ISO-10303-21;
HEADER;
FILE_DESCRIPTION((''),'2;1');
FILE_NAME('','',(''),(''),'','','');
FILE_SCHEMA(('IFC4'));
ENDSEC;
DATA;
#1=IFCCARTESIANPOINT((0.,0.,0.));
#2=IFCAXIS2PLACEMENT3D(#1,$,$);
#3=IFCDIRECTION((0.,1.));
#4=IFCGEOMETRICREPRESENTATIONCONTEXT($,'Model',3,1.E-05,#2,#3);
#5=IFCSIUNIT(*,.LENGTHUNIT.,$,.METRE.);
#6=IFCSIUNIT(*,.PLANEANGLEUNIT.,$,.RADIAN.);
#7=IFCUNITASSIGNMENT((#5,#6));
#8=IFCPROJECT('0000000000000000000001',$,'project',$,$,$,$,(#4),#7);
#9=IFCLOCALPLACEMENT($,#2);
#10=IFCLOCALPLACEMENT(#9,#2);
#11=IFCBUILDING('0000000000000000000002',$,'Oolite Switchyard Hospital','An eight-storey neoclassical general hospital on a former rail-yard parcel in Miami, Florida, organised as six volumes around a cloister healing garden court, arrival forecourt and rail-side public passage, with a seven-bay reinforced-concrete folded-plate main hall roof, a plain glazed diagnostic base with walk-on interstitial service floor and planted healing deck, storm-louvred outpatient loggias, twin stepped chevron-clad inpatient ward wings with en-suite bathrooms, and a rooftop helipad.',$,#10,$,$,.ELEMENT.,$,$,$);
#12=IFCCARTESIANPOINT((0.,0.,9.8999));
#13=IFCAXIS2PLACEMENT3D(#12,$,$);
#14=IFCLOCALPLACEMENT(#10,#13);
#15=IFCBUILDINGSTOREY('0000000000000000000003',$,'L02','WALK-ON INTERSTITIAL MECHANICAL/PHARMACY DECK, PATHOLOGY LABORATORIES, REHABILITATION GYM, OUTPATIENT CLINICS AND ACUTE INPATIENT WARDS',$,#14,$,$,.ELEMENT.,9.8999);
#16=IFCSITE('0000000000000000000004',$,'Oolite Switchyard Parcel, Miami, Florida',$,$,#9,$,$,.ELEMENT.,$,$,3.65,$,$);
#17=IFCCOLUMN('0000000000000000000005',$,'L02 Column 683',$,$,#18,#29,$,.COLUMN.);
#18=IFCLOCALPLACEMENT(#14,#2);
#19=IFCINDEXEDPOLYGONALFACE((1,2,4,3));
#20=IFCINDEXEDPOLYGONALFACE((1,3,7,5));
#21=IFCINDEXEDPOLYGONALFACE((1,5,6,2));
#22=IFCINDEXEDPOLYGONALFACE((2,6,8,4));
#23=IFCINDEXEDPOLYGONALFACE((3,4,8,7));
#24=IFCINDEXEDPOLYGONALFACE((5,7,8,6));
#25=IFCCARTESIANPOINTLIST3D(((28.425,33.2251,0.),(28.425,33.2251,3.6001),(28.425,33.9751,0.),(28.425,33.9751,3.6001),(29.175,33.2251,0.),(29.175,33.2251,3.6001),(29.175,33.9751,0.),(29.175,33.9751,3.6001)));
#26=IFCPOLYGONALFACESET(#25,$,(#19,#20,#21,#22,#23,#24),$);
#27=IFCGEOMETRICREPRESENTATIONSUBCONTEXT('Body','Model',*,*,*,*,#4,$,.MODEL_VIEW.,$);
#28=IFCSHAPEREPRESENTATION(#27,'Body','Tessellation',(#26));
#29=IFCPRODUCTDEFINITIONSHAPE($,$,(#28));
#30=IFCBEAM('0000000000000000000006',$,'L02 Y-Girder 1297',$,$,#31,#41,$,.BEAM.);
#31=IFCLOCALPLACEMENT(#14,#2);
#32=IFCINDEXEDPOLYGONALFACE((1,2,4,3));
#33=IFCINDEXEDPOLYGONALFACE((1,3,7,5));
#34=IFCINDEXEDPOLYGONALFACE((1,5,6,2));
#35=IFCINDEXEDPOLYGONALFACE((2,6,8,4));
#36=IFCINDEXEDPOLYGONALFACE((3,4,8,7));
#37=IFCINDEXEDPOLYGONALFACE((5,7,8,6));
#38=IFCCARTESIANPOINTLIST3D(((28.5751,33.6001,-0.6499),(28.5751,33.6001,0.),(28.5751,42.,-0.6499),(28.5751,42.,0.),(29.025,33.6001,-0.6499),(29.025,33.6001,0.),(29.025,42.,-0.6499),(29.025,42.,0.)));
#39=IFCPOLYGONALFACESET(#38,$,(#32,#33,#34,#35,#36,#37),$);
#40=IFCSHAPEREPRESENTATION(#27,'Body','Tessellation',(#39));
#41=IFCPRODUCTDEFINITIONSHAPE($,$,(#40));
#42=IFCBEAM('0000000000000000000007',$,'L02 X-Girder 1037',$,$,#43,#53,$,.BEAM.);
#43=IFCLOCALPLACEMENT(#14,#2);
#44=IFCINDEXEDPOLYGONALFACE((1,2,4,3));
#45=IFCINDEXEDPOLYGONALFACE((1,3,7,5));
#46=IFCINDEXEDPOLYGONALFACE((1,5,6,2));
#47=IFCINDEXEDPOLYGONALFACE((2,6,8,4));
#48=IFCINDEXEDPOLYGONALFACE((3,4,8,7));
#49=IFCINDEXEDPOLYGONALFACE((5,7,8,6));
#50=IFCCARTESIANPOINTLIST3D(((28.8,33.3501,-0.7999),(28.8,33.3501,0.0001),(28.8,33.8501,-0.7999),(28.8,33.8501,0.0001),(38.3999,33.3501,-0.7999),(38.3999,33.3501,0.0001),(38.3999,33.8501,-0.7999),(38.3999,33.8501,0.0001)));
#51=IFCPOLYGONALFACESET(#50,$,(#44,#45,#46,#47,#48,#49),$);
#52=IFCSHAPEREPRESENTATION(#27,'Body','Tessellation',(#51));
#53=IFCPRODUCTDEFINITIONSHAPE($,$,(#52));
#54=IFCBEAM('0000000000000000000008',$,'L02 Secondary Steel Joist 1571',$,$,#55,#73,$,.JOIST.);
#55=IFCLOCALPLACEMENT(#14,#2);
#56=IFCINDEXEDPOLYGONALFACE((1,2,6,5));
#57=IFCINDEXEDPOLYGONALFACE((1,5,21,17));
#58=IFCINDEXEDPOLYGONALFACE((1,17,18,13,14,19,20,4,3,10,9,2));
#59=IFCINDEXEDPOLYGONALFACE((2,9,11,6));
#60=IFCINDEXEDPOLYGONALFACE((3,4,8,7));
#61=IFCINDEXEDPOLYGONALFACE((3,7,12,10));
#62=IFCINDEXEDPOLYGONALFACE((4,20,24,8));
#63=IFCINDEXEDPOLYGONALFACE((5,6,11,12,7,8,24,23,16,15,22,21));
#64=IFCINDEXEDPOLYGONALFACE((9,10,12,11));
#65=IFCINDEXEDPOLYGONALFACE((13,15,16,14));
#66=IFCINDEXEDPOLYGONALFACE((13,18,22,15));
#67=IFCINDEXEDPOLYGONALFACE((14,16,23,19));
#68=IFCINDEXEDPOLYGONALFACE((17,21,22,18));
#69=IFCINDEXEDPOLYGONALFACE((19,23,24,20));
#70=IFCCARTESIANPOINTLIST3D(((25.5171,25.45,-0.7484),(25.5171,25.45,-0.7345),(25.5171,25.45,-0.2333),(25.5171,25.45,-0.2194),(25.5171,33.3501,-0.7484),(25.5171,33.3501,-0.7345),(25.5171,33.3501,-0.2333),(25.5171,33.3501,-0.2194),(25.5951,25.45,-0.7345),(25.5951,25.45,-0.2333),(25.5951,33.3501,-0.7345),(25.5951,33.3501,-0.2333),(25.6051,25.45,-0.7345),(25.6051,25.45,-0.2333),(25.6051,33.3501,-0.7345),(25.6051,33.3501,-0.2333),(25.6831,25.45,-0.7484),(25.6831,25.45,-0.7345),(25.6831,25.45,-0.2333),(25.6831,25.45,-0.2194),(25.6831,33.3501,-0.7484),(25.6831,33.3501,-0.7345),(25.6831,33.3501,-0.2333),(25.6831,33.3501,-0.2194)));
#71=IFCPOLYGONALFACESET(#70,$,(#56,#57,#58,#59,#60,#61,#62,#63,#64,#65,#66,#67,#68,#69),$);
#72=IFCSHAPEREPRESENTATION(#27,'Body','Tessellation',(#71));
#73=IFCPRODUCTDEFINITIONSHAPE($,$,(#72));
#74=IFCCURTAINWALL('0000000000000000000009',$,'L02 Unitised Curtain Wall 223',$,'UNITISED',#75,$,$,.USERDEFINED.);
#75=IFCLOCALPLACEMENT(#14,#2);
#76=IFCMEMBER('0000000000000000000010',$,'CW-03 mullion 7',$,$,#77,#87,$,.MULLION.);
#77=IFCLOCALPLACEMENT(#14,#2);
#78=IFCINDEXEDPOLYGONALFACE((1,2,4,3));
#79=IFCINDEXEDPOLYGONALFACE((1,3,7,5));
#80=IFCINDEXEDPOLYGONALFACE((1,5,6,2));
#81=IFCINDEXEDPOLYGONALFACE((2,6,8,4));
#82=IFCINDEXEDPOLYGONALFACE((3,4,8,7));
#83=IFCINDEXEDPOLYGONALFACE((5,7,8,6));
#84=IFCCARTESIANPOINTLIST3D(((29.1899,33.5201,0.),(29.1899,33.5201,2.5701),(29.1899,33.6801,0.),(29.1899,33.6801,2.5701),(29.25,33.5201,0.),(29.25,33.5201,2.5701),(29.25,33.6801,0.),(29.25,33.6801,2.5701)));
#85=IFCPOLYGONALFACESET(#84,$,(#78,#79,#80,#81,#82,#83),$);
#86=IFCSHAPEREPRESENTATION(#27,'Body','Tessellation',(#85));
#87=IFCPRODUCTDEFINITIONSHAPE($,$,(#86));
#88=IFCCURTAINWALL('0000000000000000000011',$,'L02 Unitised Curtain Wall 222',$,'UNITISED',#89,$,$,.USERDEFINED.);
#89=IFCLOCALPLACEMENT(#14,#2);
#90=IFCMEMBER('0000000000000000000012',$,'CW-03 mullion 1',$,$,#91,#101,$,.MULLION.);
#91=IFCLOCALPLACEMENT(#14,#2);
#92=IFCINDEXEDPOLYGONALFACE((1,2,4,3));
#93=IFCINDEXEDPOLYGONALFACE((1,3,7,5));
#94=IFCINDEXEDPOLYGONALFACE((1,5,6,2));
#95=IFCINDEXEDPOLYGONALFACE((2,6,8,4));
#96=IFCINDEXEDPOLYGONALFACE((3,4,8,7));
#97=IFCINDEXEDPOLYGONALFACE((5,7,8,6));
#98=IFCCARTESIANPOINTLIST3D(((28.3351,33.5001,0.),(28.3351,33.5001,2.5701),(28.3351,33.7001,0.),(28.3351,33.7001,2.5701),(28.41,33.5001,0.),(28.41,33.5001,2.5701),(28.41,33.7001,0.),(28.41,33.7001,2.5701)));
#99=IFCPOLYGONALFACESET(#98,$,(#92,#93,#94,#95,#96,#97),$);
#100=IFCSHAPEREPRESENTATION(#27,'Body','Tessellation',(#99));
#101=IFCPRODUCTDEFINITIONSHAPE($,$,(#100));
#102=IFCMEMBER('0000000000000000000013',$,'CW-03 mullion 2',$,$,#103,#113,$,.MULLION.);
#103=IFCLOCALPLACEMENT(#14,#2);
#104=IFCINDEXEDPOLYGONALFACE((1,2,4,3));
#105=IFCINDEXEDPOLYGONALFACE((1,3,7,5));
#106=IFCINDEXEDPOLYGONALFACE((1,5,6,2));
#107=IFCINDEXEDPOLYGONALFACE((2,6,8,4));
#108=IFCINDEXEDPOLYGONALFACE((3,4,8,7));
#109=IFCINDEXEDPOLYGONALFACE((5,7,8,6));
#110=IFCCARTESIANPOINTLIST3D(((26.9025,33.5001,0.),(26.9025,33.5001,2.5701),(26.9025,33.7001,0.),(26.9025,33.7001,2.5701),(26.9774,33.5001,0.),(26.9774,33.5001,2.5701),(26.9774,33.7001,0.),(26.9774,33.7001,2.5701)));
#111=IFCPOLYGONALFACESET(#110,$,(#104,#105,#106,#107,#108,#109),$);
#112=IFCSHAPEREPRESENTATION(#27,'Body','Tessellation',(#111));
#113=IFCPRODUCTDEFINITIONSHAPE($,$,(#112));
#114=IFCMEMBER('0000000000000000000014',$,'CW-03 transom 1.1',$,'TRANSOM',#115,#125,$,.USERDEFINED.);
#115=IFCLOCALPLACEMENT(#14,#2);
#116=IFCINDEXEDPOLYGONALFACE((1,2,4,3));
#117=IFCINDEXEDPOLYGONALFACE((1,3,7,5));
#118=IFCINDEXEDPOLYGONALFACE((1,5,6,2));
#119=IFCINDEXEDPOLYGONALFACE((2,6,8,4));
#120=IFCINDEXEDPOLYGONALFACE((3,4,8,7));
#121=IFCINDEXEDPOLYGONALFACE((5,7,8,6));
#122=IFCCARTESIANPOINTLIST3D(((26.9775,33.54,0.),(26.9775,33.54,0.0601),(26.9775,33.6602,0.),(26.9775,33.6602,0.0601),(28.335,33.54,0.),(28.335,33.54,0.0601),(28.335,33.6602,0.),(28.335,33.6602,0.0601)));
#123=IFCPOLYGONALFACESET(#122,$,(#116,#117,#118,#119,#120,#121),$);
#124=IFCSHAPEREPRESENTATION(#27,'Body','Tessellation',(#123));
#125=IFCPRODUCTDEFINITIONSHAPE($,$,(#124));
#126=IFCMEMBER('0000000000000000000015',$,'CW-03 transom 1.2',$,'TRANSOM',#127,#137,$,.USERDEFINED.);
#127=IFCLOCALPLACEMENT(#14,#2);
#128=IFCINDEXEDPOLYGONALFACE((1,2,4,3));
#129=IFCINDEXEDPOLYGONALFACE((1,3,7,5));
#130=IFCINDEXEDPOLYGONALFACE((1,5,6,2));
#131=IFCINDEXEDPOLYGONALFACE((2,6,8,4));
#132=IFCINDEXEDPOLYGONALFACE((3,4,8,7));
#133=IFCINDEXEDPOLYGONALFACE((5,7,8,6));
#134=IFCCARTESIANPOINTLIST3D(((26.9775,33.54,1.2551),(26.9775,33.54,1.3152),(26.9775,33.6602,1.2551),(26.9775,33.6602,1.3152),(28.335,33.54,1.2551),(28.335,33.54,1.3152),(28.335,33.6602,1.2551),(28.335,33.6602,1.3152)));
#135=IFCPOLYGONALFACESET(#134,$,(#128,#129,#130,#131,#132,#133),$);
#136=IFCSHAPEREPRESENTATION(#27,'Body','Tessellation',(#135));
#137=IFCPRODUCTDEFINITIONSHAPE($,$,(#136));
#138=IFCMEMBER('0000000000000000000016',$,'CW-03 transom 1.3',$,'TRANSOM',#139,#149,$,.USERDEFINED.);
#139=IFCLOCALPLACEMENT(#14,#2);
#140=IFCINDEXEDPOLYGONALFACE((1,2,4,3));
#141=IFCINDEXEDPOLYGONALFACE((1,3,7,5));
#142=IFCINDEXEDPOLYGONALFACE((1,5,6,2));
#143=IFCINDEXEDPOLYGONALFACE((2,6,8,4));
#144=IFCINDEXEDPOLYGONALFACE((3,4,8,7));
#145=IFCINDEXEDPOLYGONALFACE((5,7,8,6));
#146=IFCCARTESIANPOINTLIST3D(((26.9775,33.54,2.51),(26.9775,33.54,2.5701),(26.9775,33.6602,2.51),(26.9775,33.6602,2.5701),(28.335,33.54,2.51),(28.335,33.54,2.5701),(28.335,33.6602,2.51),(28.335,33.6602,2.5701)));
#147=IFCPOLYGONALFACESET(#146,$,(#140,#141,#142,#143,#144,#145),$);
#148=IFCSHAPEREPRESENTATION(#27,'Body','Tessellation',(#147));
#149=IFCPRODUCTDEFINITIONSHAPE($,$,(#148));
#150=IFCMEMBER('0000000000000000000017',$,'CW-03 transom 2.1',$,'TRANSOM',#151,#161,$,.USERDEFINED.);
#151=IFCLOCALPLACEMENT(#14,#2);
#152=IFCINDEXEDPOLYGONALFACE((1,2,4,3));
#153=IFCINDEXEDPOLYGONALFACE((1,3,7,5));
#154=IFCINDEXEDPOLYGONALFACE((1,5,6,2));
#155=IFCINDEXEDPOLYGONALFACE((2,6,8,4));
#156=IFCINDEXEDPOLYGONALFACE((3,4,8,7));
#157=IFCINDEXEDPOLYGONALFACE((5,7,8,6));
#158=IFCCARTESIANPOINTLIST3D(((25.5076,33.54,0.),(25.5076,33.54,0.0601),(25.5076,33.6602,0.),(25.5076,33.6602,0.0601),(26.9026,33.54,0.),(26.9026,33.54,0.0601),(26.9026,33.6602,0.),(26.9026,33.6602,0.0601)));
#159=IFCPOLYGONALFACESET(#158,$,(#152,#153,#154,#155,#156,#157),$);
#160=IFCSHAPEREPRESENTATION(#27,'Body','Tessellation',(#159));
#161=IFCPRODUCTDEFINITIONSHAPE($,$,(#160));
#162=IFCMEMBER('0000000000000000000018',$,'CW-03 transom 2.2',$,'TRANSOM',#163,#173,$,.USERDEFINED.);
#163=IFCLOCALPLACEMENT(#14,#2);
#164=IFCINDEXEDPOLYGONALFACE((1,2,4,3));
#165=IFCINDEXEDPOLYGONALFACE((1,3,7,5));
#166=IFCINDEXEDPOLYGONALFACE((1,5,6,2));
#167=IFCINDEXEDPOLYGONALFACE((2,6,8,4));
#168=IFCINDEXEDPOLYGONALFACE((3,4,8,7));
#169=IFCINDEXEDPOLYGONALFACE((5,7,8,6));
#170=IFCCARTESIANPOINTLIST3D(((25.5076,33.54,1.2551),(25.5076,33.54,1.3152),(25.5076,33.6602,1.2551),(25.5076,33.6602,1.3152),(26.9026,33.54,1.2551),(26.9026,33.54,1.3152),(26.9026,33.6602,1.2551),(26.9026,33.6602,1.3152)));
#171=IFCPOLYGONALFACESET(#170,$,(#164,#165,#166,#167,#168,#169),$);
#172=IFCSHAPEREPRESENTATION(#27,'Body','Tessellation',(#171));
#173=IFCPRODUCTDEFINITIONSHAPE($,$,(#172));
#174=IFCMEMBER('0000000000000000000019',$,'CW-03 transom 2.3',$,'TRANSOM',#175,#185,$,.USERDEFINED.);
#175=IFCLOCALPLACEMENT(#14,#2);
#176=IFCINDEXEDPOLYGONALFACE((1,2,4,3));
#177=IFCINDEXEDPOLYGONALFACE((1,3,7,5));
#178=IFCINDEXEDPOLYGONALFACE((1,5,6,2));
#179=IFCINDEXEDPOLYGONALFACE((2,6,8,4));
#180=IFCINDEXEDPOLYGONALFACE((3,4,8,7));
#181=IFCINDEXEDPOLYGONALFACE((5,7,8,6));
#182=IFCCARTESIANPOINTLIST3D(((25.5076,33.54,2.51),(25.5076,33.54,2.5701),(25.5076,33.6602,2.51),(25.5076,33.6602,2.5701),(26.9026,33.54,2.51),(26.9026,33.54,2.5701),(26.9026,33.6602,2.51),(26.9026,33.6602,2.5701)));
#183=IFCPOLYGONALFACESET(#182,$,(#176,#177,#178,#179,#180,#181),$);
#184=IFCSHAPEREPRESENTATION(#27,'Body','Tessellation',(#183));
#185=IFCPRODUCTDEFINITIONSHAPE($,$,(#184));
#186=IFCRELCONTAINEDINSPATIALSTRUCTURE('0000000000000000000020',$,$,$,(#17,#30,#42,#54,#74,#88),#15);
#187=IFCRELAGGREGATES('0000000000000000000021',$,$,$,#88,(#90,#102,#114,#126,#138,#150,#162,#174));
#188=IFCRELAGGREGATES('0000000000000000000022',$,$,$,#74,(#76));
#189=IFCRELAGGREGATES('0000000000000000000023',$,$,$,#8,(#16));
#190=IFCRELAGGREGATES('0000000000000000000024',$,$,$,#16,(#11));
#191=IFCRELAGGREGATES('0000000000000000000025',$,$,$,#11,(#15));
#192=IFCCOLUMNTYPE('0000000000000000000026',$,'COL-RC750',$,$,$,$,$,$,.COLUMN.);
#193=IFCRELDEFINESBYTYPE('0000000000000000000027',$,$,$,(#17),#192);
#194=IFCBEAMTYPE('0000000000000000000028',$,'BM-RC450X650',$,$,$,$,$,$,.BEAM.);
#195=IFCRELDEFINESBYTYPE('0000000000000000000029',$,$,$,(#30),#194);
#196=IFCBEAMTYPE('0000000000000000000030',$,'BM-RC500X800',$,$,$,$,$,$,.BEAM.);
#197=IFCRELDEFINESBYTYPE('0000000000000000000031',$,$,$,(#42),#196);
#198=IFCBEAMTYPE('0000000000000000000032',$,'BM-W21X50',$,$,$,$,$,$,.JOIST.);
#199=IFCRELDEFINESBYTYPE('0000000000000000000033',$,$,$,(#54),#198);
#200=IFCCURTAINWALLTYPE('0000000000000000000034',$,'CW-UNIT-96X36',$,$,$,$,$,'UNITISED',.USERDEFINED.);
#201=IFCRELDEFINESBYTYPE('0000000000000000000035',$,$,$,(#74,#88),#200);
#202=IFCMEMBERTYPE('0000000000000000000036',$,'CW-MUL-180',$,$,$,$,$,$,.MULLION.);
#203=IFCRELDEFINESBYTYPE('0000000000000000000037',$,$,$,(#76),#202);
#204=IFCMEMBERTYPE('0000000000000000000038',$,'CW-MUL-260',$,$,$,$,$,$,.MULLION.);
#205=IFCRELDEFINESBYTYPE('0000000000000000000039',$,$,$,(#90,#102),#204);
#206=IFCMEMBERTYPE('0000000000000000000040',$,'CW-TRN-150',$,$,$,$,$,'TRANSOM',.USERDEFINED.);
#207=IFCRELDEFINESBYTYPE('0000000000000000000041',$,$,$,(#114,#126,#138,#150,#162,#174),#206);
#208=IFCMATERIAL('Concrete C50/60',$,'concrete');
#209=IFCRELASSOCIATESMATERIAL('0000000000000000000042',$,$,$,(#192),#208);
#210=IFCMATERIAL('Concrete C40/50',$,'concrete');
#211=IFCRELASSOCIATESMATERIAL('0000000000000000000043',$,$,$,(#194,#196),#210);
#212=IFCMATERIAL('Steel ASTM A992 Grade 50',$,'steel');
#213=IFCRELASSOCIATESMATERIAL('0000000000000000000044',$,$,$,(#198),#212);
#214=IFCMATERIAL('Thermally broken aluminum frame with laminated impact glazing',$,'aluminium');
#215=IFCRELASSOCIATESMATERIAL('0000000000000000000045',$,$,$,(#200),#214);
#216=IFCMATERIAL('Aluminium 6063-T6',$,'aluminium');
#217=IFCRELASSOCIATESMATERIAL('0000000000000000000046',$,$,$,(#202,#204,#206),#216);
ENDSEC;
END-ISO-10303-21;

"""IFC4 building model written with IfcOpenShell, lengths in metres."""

from ifc_helpers import new_model, si_unit, direction, frame, origin, origin_2d, place, context, subcontext, project, spatial, rectangle, i_section, extrude, material, material_profile, profile_set, type_object, element, aggregate, save


model = new_model("IFC4")

# Units and contexts
model_context = context("Model", 3, precision=1e-05, world=origin(), true_north=direction((0.0, 1.0)))
body_context = subcontext(model_context, "Body", "Model", "MODEL_VIEW")
ifc_project = project(units=[si_unit("LENGTHUNIT", "METRE"), si_unit("PLANEANGLEUNIT", "RADIAN")], contexts=[model_context])

# Site, building, storey
site_placement = place(None, origin())
site = spatial("IfcSite", under=ifc_project, at=site_placement, Name="Oolite Switchyard Parcel, Miami, Florida", CompositionType="ELEMENT", RefElevation=3.65)
building_placement = place(site_placement, origin())
building = spatial("IfcBuilding", under=site, at=building_placement, Name="Oolite Switchyard Hospital", Description="An eight-storey neoclassical general hospital on a former rail-yard parcel in Miami, Florida, organised as six volumes around a cloister healing garden court, arrival forecourt and rail-side public passage, with a seven-bay reinforced-concrete folded-plate main hall roof, a plain glazed diagnostic base with walk-on interstitial service floor and planted healing deck, storm-louvred outpatient loggias, twin stepped chevron-clad inpatient ward wings with en-suite bathrooms, and a rooftop helipad.", CompositionType="ELEMENT")
storey_placement = place(building_placement, frame((0.0, 0.0, 9.8999)))
storey = spatial("IfcBuildingStorey", under=building, at=storey_placement, Name="L02", Description="WALK-ON INTERSTITIAL MECHANICAL/PHARMACY DECK, PATHOLOGY LABORATORIES, REHABILITATION GYM, OUTPATIENT CLINICS AND ACUTE INPATIENT WARDS", CompositionType="ELEMENT", Elevation=9.8999)

# Column
ifc_material_1 = material(Name="Concrete C50/60", Category="concrete")
ifc_material_profile_1 = material_profile(ifc_material_1, rectangle(XDim=0.75, YDim=0.75, at=origin_2d()), Name="RC750X750")
ifc_profile_set_1 = profile_set([ifc_material_profile_1], Name="Concrete C50/60")
column_type = type_object("IfcColumnType", Name="COL-RC750", PredefinedType="COLUMN", material=ifc_profile_set_1)
column_placement = place(storey_placement, frame((28.8, 33.6001, 0.0), z_axis=(0.0, 0.0, 1.0), x_axis=(1.0, 0.0, 0.0)))
element("IfcColumn", 1, at=column_placement, inside=storey, type_object=column_type, Name="L02 Column 683", PredefinedType="COLUMN", context=body_context, shape_type="SweptSolid", body=[
    extrude(rectangle(XDim=0.75, YDim=0.75, at=origin_2d()), origin(), (0.0, 0.0, 1.0), 3.6001),
])

# Beams
ifc_material_2 = material(Name="Concrete C40/50", Category="concrete")
ifc_material_profile_2 = material_profile(ifc_material_2, rectangle(XDim=0.45, YDim=0.6499, at=origin_2d()), Name="RCB450X650")
ifc_profile_set_2 = profile_set([ifc_material_profile_2], Name="Concrete C40/50")
beam_type_1 = type_object("IfcBeamType", Name="BM-RC450X650", PredefinedType="BEAM", material=ifc_profile_set_2)
beam_1_placement = place(storey_placement, frame((28.8, 33.6001, -0.325), z_axis=(0.0, 1.0, 0.0), x_axis=(-1.0, 0.0, 0.0)))
element("IfcBeam", 2, at=beam_1_placement, inside=storey, type_object=beam_type_1, Name="L02 Y-Girder 1297", PredefinedType="BEAM", context=body_context, shape_type="SweptSolid", body=[
    extrude(rectangle(XDim=0.45, YDim=0.6499, at=origin_2d()), origin(), (0.0, 0.0, 1.0), 8.3999),
])
ifc_material_profile_3 = material_profile(ifc_material_2, rectangle(XDim=0.5, YDim=0.8, at=origin_2d()), Name="RCB500X800")
ifc_profile_set_3 = profile_set([ifc_material_profile_3], Name="Concrete C40/50")
beam_type_2 = type_object("IfcBeamType", Name="BM-RC500X800", PredefinedType="BEAM", material=ifc_profile_set_3)
beam_2_placement = place(storey_placement, frame((28.8, 33.6001, -0.3999), z_axis=(1.0, 0.0, 0.0), x_axis=(0.0, 1.0, 0.0)))
element("IfcBeam", 3, at=beam_2_placement, inside=storey, type_object=beam_type_2, Name="L02 X-Girder 1037", PredefinedType="BEAM", context=body_context, shape_type="SweptSolid", body=[
    extrude(rectangle(XDim=0.5, YDim=0.8, at=origin_2d()), origin(), (0.0, 0.0, 1.0), 9.5999),
])
ifc_material_3 = material(Name="Steel ASTM A992 Grade 50", Category="steel")
ifc_material_profile_4 = material_profile(ifc_material_3, i_section(OverallWidth=0.166, OverallDepth=0.5291, WebThickness=0.01, FlangeThickness=0.0139, at=origin_2d()), Name="W21X50")
ifc_profile_set_4 = profile_set([ifc_material_profile_4], Name="Steel ASTM A992 Grade 50")
beam_type_3 = type_object("IfcBeamType", Name="BM-W21X50", PredefinedType="JOIST", material=ifc_profile_set_4)
beam_3_placement = place(storey_placement, frame((25.6001, 25.45, -0.4839), z_axis=(0.0, 1.0, 0.0), x_axis=(-1.0, 0.0, 0.0)))
element("IfcBeam", 4, at=beam_3_placement, inside=storey, type_object=beam_type_3, Name="L02 Secondary Steel Joist 1571", PredefinedType="JOIST", context=body_context, shape_type="SweptSolid", body=[
    extrude(i_section(OverallWidth=0.166, OverallDepth=0.5291, WebThickness=0.01, FlangeThickness=0.0139, at=origin_2d()), origin(), (0.0, 0.0, 1.0), 7.9001),
])

# Curtain wall, member
ifc_material_4 = material(Name="Thermally broken aluminum frame with laminated impact glazing", Category="aluminium")
curtain_wall_type = type_object("IfcCurtainWallType", Name="CW-UNIT-96X36", ElementType="UNITISED", PredefinedType="USERDEFINED", material=ifc_material_4)
curtain_wall_1_placement = place(storey_placement, origin())
curtain_wall_1 = element("IfcCurtainWall", 5, at=curtain_wall_1_placement, inside=storey, type_object=curtain_wall_type, Name="L02 Unitised Curtain Wall 223", ObjectType="UNITISED", PredefinedType="USERDEFINED")
ifc_material_5 = material(Name="Aluminium 6063-T6", Category="aluminium")
ifc_material_profile_5 = material_profile(ifc_material_5, rectangle(XDim=0.1599, YDim=0.0601, at=origin_2d()), Name="CWM60X160")
ifc_profile_set_5 = profile_set([ifc_material_profile_5], Name="Aluminium 6063-T6")
member_type_1 = type_object("IfcMemberType", Name="CW-MUL-180", PredefinedType="MULLION", material=ifc_profile_set_5)
member_1_placement = place(storey_placement, frame((29.22, 33.6001, 0.0), z_axis=(0.0, 0.0, 1.0), x_axis=(0.0, -1.0, 0.0)))
member_1 = element("IfcMember", 6, at=member_1_placement, type_object=member_type_1, Name="CW-03 mullion 7", PredefinedType="MULLION", context=body_context, shape_type="SweptSolid", body=[
    extrude(rectangle(XDim=0.1599, YDim=0.0601, at=origin_2d()), origin(), (0.0, 0.0, 1.0), 2.5701),
])

# Curtain wall, members
curtain_wall_2_placement = place(storey_placement, origin())
curtain_wall_2 = element("IfcCurtainWall", 7, at=curtain_wall_2_placement, inside=storey, type_object=curtain_wall_type, Name="L02 Unitised Curtain Wall 222", ObjectType="UNITISED", PredefinedType="USERDEFINED")
ifc_material_profile_6 = material_profile(ifc_material_5, rectangle(XDim=0.2, YDim=0.075, at=origin_2d()), Name="CWM75X200")
ifc_profile_set_6 = profile_set([ifc_material_profile_6], Name="Aluminium 6063-T6")
member_type_2 = type_object("IfcMemberType", Name="CW-MUL-260", PredefinedType="MULLION", material=ifc_profile_set_6)
member_2_placement = place(storey_placement, frame((28.3726, 33.6001, 0.0), z_axis=(0.0, 0.0, 1.0), x_axis=(0.0, -1.0, 0.0)))
member_2 = element("IfcMember", 8, at=member_2_placement, type_object=member_type_2, Name="CW-03 mullion 1", PredefinedType="MULLION", context=body_context, shape_type="SweptSolid", body=[
    extrude(rectangle(XDim=0.2, YDim=0.075, at=origin_2d()), origin(), (0.0, 0.0, 1.0), 2.5701),
])
member_3_placement = place(storey_placement, frame((26.9399, 33.6001, 0.0), z_axis=(0.0, 0.0, 1.0), x_axis=(0.0, -1.0, 0.0)))
member_3 = element("IfcMember", 9, at=member_3_placement, type_object=member_type_2, Name="CW-03 mullion 2", PredefinedType="MULLION", context=body_context, shape_type="SweptSolid", body=[
    extrude(rectangle(XDim=0.2, YDim=0.075, at=origin_2d()), origin(), (0.0, 0.0, 1.0), 2.5701),
])
ifc_material_profile_7 = material_profile(ifc_material_5, rectangle(XDim=0.1201, YDim=0.0601, at=origin_2d()), Name="CWT60X120")
ifc_profile_set_7 = profile_set([ifc_material_profile_7], Name="Aluminium 6063-T6")
member_type_3 = type_object("IfcMemberType", Name="CW-TRN-150", ElementType="TRANSOM", PredefinedType="USERDEFINED", material=ifc_profile_set_7)
member_4_placement = place(storey_placement, frame((28.335, 33.6001, 0.03), z_axis=(-1.0, 0.0, 0.0), x_axis=(0.0, -1.0, 0.0)))
member_4 = element("IfcMember", 10, at=member_4_placement, type_object=member_type_3, Name="CW-03 transom 1.1", ObjectType="TRANSOM", PredefinedType="USERDEFINED", context=body_context, shape_type="SweptSolid", body=[
    extrude(rectangle(XDim=0.1201, YDim=0.0601, at=origin_2d()), origin(), (0.0, 0.0, 1.0), 1.3574),
])
member_5_placement = place(storey_placement, frame((28.335, 33.6001, 1.2852), z_axis=(-1.0, 0.0, 0.0), x_axis=(0.0, -1.0, 0.0)))
member_5 = element("IfcMember", 11, at=member_5_placement, type_object=member_type_3, Name="CW-03 transom 1.2", ObjectType="TRANSOM", PredefinedType="USERDEFINED", context=body_context, shape_type="SweptSolid", body=[
    extrude(rectangle(XDim=0.1201, YDim=0.0601, at=origin_2d()), origin(), (0.0, 0.0, 1.0), 1.3574),
])
member_6_placement = place(storey_placement, frame((28.335, 33.6001, 2.54), z_axis=(-1.0, 0.0, 0.0), x_axis=(0.0, -1.0, 0.0)))
member_6 = element("IfcMember", 12, at=member_6_placement, type_object=member_type_3, Name="CW-03 transom 1.3", ObjectType="TRANSOM", PredefinedType="USERDEFINED", context=body_context, shape_type="SweptSolid", body=[
    extrude(rectangle(XDim=0.1201, YDim=0.0601, at=origin_2d()), origin(), (0.0, 0.0, 1.0), 1.3574),
])
member_7_placement = place(storey_placement, frame((26.9026, 33.6001, 0.03), z_axis=(-1.0, 0.0, 0.0), x_axis=(0.0, -1.0, 0.0)))
member_7 = element("IfcMember", 13, at=member_7_placement, type_object=member_type_3, Name="CW-03 transom 2.1", ObjectType="TRANSOM", PredefinedType="USERDEFINED", context=body_context, shape_type="SweptSolid", body=[
    extrude(rectangle(XDim=0.1201, YDim=0.0601, at=origin_2d()), origin(), (0.0, 0.0, 1.0), 1.395),
])
member_8_placement = place(storey_placement, frame((26.9026, 33.6001, 1.2852), z_axis=(-1.0, 0.0, 0.0), x_axis=(0.0, -1.0, 0.0)))
member_8 = element("IfcMember", 14, at=member_8_placement, type_object=member_type_3, Name="CW-03 transom 2.2", ObjectType="TRANSOM", PredefinedType="USERDEFINED", context=body_context, shape_type="SweptSolid", body=[
    extrude(rectangle(XDim=0.1201, YDim=0.0601, at=origin_2d()), origin(), (0.0, 0.0, 1.0), 1.395),
])
member_9_placement = place(storey_placement, frame((26.9026, 33.6001, 2.54), z_axis=(-1.0, 0.0, 0.0), x_axis=(0.0, -1.0, 0.0)))
member_9 = element("IfcMember", 15, at=member_9_placement, type_object=member_type_3, Name="CW-03 transom 2.3", ObjectType="TRANSOM", PredefinedType="USERDEFINED", context=body_context, shape_type="SweptSolid", body=[
    extrude(rectangle(XDim=0.1201, YDim=0.0601, at=origin_2d()), origin(), (0.0, 0.0, 1.0), 1.395),
])

aggregate(curtain_wall_2, [member_2, member_3, member_4, member_5, member_6, member_7, member_8, member_9])
aggregate(curtain_wall_1, [member_1])

save(model, "model.ifc")
